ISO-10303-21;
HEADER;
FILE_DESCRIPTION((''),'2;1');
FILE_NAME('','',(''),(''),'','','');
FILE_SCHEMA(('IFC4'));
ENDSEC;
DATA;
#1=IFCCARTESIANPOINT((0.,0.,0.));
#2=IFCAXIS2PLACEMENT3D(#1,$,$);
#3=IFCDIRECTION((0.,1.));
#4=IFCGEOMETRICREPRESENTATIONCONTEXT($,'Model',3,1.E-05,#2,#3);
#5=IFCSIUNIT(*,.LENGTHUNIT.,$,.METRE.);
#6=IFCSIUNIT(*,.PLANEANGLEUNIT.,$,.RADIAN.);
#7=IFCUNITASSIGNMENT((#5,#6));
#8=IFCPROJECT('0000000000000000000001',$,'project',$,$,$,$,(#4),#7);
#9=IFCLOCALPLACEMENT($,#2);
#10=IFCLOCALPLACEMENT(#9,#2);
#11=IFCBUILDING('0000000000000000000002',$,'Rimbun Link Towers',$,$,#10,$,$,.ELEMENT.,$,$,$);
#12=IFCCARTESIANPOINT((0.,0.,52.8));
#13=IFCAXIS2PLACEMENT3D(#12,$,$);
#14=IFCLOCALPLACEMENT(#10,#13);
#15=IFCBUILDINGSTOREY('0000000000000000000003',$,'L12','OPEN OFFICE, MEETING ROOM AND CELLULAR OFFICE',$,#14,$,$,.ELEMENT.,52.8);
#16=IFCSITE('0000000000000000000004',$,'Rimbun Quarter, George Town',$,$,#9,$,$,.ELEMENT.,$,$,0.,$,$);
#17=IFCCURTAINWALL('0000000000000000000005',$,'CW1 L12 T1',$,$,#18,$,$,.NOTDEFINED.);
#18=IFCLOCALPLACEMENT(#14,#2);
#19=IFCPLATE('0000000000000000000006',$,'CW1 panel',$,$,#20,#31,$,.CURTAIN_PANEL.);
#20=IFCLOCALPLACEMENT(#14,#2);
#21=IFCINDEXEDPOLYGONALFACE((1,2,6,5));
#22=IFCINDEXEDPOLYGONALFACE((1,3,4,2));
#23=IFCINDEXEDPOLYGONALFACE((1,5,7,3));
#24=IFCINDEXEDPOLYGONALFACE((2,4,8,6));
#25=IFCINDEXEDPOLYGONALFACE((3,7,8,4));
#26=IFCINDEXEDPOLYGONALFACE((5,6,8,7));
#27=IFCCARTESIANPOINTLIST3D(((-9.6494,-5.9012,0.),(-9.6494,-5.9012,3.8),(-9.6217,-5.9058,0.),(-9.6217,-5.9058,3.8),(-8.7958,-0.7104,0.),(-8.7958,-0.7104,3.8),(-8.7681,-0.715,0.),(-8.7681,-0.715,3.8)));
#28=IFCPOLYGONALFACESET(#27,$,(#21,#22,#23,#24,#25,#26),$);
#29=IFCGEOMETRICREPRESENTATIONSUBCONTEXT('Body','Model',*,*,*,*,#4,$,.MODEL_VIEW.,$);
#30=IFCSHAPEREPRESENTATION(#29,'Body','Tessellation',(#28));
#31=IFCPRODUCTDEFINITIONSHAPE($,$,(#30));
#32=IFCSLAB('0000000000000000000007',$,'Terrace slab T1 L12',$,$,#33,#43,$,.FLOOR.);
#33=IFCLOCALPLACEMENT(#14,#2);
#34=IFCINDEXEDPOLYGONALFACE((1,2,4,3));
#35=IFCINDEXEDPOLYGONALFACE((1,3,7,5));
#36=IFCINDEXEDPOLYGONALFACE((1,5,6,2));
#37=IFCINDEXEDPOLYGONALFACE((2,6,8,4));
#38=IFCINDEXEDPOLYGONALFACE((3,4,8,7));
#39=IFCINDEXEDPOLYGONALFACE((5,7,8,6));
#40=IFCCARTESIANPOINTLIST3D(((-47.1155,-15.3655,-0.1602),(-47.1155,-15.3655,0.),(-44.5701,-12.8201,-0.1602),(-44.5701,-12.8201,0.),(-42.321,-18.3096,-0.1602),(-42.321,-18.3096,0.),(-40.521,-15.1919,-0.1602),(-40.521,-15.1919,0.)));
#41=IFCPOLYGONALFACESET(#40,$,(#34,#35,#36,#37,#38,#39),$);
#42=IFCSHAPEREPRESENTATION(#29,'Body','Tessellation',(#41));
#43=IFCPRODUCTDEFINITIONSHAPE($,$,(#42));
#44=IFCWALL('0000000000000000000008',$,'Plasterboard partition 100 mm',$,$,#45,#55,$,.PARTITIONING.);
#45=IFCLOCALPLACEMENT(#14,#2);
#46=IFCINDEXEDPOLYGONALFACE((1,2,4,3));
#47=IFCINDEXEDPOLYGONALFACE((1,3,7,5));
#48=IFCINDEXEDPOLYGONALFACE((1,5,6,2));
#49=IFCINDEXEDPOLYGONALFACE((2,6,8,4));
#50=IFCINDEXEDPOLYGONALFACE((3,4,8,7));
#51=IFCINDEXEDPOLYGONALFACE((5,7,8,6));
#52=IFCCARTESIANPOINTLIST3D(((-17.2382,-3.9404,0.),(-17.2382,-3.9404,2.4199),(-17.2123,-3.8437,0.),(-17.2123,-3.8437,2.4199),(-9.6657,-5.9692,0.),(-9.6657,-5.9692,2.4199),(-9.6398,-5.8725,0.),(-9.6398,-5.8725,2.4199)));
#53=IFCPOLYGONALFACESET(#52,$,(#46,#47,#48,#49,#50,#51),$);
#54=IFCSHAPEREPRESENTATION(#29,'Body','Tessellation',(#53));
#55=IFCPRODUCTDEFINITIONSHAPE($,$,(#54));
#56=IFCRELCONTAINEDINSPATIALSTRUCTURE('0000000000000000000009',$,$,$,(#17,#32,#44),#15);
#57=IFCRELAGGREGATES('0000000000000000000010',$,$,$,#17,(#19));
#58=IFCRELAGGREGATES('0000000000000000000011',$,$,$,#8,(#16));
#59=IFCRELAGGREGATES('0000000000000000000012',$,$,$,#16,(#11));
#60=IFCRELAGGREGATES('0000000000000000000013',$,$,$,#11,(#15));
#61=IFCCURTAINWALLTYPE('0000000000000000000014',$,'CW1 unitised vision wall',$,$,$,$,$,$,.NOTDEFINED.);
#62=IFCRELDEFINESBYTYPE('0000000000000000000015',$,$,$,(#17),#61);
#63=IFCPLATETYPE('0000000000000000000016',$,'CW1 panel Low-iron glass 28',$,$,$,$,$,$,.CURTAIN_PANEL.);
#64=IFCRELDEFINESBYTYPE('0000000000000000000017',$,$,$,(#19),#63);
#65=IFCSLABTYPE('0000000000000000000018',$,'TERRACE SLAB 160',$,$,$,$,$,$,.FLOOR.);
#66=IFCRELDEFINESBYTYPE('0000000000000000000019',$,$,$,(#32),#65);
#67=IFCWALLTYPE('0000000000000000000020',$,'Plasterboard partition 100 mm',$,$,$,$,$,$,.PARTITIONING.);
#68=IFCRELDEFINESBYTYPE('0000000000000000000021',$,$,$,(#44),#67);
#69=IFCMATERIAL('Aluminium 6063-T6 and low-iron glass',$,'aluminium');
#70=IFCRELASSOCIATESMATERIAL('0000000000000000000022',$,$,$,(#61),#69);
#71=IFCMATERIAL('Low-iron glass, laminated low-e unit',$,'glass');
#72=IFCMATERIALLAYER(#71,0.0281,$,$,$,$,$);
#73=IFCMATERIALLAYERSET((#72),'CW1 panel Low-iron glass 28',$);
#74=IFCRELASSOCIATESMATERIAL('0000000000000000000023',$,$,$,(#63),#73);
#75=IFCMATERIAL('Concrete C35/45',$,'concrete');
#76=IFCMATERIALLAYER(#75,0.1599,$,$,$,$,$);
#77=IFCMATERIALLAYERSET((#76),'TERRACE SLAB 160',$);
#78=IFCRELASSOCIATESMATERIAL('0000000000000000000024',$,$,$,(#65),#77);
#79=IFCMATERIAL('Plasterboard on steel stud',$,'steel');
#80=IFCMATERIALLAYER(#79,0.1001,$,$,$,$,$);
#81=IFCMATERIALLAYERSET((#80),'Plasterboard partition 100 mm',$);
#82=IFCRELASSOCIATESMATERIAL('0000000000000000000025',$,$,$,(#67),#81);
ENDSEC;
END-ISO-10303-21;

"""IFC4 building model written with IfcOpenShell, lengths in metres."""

from ifc_helpers import new_model, si_unit, direction, frame, frame_2d, origin, origin_2d, place, context, subcontext, project, spatial, polyline, rectangle, outline, extrude, material, layer, layer_set, type_object, element, aggregate, save


model = new_model("IFC4")

# Units and contexts
model_context = context("Model", 3, precision=1e-05, world=origin(), true_north=direction((0.0, 1.0)))
body_context = subcontext(model_context, "Body", "Model", "MODEL_VIEW")
ifc_project = project(units=[si_unit("LENGTHUNIT", "METRE"), si_unit("PLANEANGLEUNIT", "RADIAN")], contexts=[model_context])

# Site, building, storey
site_placement = place(None, origin())
site = spatial("IfcSite", under=ifc_project, at=site_placement, Name="Rimbun Quarter, George Town", CompositionType="ELEMENT", RefElevation=0.0)
building_placement = place(site_placement, origin())
building = spatial("IfcBuilding", under=site, at=building_placement, Name="Rimbun Link Towers", CompositionType="ELEMENT")
storey_placement = place(building_placement, frame((0.0, 0.0, 52.8)))
storey = spatial("IfcBuildingStorey", under=building, at=storey_placement, Name="L12", Description="OPEN OFFICE, MEETING ROOM AND CELLULAR OFFICE", CompositionType="ELEMENT", Elevation=52.8)

# Curtain wall
ifc_material_1 = material(Name="Aluminium 6063-T6 and low-iron glass", Category="aluminium")
curtain_wall_type = type_object("IfcCurtainWallType", Name="CW1 unitised vision wall", PredefinedType="NOTDEFINED", material=ifc_material_1)
curtain_wall_placement = place(storey_placement, origin())
curtain_wall = element("IfcCurtainWall", 1, at=curtain_wall_placement, inside=storey, type_object=curtain_wall_type, Name="CW1 L12 T1", PredefinedType="NOTDEFINED")

# Plate
ifc_material_2 = material(Name="Low-iron glass, laminated low-e unit", Category="glass")
ifc_layer_1 = layer(ifc_material_2, 0.0281)
ifc_layer_set_1 = layer_set([ifc_layer_1], Name="CW1 panel Low-iron glass 28")
plate_type = type_object("IfcPlateType", Name="CW1 panel Low-iron glass 28", PredefinedType="CURTAIN_PANEL", material=ifc_layer_set_1)
plate_placement = place(storey_placement, frame((-9.2087, -3.3081, 0.0), z_axis=(0.0, 0.0, 1.0), x_axis=(-0.162269, -0.986747, 0.0)))
plate = element("IfcPlate", 2, at=plate_placement, type_object=plate_type, Name="CW1 panel", PredefinedType="CURTAIN_PANEL", context=body_context, shape_type="SweptSolid", body=[
    extrude(rectangle(XDim=5.2605, YDim=0.0281, at=origin_2d()), origin(), (0.0, 0.0, 1.0), 3.8),
])
aggregate(curtain_wall, [plate])

# Slab
ifc_material_3 = material(Name="Concrete C35/45", Category="concrete")
ifc_layer_2 = layer(ifc_material_3, 0.1599)
ifc_layer_set_2 = layer_set([ifc_layer_2], Name="TERRACE SLAB 160")
slab_type_1 = type_object("IfcSlabType", Name="TERRACE SLAB 160", PredefinedType="FLOOR", material=ifc_layer_set_2)
slab_1_placement = place(storey_placement, frame((0.0, 0.0, -0.1602)))
element("IfcSlab", 3, at=slab_1_placement, inside=storey, type_object=slab_type_1, Name="Terrace slab T1 L12", PredefinedType="FLOOR", context=body_context, shape_type="SweptSolid", body=[
    extrude(outline(polyline([(-44.5701, -12.8201), (-40.521, -15.1919), (-42.321, -18.3096), (-47.1155, -15.3655), (-44.5701, -12.8201)])), origin(), (0.0, 0.0, 1.0), 0.1602),
])

# Wall
ifc_material_4 = material(Name="Plasterboard on steel stud", Category="steel")
ifc_layer_3 = layer(ifc_material_4, 0.1001)
ifc_layer_set_3 = layer_set([ifc_layer_3], Name="Plasterboard partition 100 mm")
wall_type = type_object("IfcWallType", Name="Plasterboard partition 100 mm", PredefinedType="PARTITIONING", material=ifc_layer_set_3)
wall_placement = place(storey_placement, frame((-9.6526, -5.9209, 0.0), z_axis=(0.0, 0.0, 1.0), x_axis=(-0.965933, 0.258791, 0.0)))
element("IfcWall", 4, at=wall_placement, inside=storey, type_object=wall_type, Name="Plasterboard partition 100 mm", PredefinedType="PARTITIONING", context=body_context, shape_type="SweptSolid", body=[
    extrude(rectangle(XDim=7.8396, YDim=0.1001, at=frame_2d((3.9199, 0.0))), origin(), (0.0, 0.0, 1.0), 2.4199),
])

save(model, "model.ifc")
